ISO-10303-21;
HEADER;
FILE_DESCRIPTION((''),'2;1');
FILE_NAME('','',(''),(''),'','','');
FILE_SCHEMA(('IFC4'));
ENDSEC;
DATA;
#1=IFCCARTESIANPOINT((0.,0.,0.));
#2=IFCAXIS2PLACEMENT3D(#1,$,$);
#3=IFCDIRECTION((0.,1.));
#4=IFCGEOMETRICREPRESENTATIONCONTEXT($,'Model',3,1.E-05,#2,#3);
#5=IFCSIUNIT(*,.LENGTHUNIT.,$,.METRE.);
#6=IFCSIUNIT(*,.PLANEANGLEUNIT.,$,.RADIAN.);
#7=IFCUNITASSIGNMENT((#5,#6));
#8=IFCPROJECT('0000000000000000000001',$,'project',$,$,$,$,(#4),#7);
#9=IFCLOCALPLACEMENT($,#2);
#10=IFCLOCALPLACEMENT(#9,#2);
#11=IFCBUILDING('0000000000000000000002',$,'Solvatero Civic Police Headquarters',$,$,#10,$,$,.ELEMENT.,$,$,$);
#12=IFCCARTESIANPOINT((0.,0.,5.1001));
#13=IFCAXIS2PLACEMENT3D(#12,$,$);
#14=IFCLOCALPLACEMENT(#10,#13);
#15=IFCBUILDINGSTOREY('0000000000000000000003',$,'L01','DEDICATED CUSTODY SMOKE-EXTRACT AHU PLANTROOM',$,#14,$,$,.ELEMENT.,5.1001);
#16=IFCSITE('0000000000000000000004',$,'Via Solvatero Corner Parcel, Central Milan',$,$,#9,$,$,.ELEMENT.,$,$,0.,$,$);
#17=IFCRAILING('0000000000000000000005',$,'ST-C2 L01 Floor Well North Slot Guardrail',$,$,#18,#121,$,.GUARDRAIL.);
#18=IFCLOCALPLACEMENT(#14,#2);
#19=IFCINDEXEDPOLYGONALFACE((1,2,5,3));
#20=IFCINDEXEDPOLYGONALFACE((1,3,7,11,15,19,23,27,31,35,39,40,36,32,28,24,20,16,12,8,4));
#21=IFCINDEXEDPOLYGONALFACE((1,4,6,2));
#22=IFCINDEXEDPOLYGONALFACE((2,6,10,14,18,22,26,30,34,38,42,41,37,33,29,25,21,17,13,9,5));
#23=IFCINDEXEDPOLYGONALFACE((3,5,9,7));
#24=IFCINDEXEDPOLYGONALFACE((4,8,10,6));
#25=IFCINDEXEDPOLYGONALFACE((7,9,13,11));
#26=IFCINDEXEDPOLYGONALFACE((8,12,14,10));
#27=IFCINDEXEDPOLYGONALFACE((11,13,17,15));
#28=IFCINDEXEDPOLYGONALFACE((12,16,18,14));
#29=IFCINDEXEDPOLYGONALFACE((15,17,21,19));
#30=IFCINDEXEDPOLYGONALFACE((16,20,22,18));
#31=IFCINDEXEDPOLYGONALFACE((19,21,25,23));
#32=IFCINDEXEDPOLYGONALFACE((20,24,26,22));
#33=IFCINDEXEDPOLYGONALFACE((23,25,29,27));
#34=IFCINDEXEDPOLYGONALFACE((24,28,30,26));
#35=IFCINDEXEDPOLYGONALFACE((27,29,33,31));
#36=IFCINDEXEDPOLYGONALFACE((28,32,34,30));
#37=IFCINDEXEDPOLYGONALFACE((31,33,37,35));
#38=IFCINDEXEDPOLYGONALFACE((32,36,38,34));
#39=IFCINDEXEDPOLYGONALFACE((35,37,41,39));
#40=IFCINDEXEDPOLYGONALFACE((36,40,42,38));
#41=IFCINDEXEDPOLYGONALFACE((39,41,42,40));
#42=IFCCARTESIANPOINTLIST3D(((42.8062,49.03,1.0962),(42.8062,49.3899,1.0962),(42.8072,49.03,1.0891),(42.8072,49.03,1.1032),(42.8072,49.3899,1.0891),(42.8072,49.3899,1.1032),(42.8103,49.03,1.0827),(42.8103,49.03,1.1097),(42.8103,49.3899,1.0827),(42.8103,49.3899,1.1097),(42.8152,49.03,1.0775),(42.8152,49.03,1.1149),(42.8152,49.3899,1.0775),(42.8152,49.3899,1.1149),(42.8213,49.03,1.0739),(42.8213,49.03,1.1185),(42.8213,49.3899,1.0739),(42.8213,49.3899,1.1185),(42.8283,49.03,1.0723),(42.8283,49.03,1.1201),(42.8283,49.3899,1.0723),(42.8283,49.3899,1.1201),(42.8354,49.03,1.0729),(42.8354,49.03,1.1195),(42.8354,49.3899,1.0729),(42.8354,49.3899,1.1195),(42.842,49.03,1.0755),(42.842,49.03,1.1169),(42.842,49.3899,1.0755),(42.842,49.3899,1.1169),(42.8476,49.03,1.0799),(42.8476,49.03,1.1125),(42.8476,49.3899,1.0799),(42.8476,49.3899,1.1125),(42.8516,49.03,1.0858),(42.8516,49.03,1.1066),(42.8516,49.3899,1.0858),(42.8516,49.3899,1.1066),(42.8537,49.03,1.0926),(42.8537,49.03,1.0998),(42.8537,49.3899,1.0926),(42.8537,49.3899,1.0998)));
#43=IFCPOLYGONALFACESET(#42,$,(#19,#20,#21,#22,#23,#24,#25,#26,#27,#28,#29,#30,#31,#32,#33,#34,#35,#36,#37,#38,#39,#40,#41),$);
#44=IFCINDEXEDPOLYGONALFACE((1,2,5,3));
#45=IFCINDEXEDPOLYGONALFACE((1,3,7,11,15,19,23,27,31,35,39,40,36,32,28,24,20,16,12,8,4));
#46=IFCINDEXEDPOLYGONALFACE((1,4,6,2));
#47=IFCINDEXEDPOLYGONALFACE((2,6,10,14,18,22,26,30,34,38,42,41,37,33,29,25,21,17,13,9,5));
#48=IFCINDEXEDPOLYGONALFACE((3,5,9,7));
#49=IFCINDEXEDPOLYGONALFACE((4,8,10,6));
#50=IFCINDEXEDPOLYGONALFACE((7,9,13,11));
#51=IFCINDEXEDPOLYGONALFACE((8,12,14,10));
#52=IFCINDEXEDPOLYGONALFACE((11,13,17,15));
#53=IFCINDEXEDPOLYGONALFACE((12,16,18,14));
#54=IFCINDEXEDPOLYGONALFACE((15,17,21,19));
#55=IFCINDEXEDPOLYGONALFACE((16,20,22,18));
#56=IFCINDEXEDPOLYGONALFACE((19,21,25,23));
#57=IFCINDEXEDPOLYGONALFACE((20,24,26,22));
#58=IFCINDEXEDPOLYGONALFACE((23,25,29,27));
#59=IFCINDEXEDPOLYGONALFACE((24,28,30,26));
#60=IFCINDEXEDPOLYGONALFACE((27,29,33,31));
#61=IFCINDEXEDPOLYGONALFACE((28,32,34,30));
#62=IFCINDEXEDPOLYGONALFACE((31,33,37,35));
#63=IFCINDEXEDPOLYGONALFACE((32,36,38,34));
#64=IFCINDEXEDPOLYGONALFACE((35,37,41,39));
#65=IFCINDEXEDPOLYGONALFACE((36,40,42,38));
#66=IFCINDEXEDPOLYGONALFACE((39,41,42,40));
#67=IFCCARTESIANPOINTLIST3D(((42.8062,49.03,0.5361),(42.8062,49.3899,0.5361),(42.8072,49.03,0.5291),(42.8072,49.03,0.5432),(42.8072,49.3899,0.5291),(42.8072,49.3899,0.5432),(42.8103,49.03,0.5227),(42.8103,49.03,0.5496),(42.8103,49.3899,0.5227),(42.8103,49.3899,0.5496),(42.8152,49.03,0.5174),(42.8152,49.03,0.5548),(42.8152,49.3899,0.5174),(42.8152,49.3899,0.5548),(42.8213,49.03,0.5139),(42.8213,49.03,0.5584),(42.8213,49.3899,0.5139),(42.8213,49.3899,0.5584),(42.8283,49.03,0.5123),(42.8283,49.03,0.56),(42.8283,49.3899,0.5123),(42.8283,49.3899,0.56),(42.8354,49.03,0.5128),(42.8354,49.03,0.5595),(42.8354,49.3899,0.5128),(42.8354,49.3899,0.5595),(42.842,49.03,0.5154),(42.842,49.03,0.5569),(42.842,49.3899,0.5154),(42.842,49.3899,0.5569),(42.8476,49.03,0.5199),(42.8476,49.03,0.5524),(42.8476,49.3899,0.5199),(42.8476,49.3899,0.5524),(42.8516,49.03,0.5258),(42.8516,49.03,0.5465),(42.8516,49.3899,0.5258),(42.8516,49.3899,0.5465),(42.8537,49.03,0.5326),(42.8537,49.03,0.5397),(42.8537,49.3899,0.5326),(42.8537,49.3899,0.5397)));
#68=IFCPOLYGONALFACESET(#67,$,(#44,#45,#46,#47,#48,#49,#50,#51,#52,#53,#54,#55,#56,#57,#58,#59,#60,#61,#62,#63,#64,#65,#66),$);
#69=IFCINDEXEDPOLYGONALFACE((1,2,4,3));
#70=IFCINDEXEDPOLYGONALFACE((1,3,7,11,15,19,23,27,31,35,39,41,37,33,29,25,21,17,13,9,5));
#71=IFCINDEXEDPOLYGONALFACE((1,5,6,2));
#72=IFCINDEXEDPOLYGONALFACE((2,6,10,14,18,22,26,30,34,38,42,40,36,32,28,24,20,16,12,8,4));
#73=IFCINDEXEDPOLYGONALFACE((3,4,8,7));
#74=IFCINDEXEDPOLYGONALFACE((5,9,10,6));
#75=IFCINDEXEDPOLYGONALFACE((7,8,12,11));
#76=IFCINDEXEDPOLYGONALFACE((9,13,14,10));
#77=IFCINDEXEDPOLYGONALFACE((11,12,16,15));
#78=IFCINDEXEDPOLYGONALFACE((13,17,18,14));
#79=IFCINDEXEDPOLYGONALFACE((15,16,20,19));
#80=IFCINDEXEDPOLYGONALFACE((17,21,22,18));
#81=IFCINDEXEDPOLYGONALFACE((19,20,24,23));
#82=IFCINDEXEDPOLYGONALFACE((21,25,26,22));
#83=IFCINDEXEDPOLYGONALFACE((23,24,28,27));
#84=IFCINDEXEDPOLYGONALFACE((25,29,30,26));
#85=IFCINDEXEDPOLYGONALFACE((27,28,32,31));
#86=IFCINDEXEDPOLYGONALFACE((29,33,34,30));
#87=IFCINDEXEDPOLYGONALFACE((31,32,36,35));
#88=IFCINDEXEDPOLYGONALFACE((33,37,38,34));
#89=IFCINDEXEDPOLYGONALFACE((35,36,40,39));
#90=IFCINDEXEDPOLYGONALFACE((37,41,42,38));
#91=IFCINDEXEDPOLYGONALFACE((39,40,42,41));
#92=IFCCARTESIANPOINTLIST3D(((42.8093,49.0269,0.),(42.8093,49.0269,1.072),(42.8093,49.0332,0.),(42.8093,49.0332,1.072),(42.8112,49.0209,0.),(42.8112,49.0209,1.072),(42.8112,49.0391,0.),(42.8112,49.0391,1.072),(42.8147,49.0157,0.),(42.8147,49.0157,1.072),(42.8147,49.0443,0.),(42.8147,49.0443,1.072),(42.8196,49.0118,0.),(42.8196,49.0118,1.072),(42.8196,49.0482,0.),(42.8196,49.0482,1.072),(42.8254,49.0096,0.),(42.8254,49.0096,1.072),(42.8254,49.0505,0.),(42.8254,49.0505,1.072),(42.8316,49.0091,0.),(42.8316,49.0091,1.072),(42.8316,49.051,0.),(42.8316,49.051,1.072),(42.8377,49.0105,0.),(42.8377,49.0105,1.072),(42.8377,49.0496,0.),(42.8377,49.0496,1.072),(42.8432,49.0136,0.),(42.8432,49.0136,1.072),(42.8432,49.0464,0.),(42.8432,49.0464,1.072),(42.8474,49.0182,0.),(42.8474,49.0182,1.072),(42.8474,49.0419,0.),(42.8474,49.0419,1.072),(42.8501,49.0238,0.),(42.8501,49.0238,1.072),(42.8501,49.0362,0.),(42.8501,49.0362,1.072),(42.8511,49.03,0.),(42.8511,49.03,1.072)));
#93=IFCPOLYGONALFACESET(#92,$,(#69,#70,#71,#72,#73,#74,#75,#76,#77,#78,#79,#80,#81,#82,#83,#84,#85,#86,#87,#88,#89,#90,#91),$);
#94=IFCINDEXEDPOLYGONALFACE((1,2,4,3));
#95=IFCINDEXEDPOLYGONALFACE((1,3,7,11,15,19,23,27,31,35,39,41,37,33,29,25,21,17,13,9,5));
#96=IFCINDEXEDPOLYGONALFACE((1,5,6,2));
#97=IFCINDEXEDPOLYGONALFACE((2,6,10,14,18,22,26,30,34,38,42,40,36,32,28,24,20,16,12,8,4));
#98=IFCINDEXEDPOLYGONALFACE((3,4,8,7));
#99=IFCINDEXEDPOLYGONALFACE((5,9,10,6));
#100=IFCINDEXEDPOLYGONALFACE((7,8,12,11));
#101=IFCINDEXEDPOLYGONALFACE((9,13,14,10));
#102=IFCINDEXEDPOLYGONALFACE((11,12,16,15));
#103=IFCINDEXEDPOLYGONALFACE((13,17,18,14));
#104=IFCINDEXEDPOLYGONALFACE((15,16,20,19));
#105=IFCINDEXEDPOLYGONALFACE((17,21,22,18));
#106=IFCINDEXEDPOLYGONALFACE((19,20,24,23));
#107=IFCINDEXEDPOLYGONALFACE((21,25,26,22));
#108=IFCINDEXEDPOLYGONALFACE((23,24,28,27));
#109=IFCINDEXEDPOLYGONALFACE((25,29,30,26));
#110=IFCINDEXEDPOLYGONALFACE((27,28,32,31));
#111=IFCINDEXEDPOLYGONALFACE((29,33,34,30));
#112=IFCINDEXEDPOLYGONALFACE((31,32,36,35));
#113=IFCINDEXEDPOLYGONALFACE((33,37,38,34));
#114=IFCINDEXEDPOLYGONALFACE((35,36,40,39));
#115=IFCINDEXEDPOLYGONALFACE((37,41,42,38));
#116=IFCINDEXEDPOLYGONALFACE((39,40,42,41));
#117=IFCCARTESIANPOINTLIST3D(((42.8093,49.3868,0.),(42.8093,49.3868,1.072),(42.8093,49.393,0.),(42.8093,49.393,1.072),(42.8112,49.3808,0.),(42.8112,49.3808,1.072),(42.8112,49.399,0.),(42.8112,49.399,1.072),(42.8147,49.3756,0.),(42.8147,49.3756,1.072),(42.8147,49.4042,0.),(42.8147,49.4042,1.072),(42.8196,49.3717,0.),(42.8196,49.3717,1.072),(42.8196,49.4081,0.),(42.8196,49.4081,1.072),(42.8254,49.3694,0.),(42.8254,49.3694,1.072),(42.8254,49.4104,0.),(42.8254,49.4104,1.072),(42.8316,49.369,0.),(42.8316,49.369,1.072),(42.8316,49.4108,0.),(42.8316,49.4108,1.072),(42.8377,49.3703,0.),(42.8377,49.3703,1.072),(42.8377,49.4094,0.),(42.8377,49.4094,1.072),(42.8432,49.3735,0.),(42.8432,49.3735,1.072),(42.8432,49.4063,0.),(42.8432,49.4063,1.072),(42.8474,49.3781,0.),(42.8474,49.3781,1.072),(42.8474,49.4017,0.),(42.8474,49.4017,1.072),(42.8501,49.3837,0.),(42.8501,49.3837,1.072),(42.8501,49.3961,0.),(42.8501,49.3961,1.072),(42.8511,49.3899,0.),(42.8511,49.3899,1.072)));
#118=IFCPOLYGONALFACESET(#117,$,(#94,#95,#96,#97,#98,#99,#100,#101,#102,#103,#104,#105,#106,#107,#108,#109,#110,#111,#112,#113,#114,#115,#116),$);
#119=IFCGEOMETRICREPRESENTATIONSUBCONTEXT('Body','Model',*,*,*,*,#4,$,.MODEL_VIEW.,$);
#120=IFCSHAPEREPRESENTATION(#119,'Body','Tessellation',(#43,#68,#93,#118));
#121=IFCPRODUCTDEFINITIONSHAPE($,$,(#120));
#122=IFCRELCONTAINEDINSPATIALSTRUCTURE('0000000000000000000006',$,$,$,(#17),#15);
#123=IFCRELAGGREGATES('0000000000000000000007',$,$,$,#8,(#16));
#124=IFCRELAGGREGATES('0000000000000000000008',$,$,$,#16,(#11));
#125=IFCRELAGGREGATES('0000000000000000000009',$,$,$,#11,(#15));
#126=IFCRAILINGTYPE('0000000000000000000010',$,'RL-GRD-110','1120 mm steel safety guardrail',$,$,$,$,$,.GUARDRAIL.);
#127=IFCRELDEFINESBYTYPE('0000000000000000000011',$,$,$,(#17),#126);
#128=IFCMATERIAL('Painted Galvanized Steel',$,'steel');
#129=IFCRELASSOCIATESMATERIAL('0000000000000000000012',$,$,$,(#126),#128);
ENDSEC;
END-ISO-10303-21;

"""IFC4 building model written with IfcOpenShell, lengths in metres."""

from ifc_helpers import new_model, si_unit, direction, frame, origin, origin_2d, place, context, subcontext, project, spatial, circle, extrude, material, type_object, element, save


model = new_model("IFC4")

# Units and contexts
model_context = context("Model", 3, precision=1e-05, world=origin(), true_north=direction((0.0, 1.0)))
body_context = subcontext(model_context, "Body", "Model", "MODEL_VIEW")
ifc_project = project(units=[si_unit("LENGTHUNIT", "METRE"), si_unit("PLANEANGLEUNIT", "RADIAN")], contexts=[model_context])

# Site, building, storey
site_placement = place(None, origin())
site = spatial("IfcSite", under=ifc_project, at=site_placement, Name="Via Solvatero Corner Parcel, Central Milan", CompositionType="ELEMENT", RefElevation=0.0)
building_placement = place(site_placement, origin())
building = spatial("IfcBuilding", under=site, at=building_placement, Name="Solvatero Civic Police Headquarters", CompositionType="ELEMENT")
storey_placement = place(building_placement, frame((0.0, 0.0, 5.1001)))
storey = spatial("IfcBuildingStorey", under=building, at=storey_placement, Name="L01", Description="DEDICATED CUSTODY SMOKE-EXTRACT AHU PLANTROOM", CompositionType="ELEMENT", Elevation=5.1001)

# Railing
ifc_material_1 = material(Name="Painted Galvanized Steel", Category="steel")
railing_type_1 = type_object("IfcRailingType", Name="RL-GRD-110", Description="1120 mm steel safety guardrail", PredefinedType="GUARDRAIL", material=ifc_material_1)
for number, where, name in (
    (1, (42.8301, 49.03, 0.0), "ST-C2 L01 Floor Well North Slot Guardrail"),
):
    element("IfcRailing", number, at=place(storey_placement, frame(where)), inside=storey, type_object=railing_type_1, Name=name, PredefinedType="GUARDRAIL", context=body_context, shape_type="SweptSolid", body=[
        extrude(circle(Radius=0.0239, at=origin_2d()), frame((0.0, 0.0, 1.0962), z_axis=(0.0, 1.0, 0.0), x_axis=(-1.0, 0.0, 0.0)), (0.0, 0.0, 1.0), 0.3599),
        extrude(circle(Radius=0.0239, at=origin_2d()), frame((0.0, 0.0, 0.5361), z_axis=(0.0, 1.0, 0.0), x_axis=(-1.0, 0.0, 0.0)), (0.0, 0.0, 1.0), 0.3599),
        extrude(circle(Radius=0.021, at=origin_2d()), origin(), (0.0, 0.0, 1.0), 1.072),
        extrude(circle(Radius=0.021, at=origin_2d()), frame((0.0, 0.3599, 0.0)), (0.0, 0.0, 1.0), 1.072),
    ])

save(model, "model.ifc")
